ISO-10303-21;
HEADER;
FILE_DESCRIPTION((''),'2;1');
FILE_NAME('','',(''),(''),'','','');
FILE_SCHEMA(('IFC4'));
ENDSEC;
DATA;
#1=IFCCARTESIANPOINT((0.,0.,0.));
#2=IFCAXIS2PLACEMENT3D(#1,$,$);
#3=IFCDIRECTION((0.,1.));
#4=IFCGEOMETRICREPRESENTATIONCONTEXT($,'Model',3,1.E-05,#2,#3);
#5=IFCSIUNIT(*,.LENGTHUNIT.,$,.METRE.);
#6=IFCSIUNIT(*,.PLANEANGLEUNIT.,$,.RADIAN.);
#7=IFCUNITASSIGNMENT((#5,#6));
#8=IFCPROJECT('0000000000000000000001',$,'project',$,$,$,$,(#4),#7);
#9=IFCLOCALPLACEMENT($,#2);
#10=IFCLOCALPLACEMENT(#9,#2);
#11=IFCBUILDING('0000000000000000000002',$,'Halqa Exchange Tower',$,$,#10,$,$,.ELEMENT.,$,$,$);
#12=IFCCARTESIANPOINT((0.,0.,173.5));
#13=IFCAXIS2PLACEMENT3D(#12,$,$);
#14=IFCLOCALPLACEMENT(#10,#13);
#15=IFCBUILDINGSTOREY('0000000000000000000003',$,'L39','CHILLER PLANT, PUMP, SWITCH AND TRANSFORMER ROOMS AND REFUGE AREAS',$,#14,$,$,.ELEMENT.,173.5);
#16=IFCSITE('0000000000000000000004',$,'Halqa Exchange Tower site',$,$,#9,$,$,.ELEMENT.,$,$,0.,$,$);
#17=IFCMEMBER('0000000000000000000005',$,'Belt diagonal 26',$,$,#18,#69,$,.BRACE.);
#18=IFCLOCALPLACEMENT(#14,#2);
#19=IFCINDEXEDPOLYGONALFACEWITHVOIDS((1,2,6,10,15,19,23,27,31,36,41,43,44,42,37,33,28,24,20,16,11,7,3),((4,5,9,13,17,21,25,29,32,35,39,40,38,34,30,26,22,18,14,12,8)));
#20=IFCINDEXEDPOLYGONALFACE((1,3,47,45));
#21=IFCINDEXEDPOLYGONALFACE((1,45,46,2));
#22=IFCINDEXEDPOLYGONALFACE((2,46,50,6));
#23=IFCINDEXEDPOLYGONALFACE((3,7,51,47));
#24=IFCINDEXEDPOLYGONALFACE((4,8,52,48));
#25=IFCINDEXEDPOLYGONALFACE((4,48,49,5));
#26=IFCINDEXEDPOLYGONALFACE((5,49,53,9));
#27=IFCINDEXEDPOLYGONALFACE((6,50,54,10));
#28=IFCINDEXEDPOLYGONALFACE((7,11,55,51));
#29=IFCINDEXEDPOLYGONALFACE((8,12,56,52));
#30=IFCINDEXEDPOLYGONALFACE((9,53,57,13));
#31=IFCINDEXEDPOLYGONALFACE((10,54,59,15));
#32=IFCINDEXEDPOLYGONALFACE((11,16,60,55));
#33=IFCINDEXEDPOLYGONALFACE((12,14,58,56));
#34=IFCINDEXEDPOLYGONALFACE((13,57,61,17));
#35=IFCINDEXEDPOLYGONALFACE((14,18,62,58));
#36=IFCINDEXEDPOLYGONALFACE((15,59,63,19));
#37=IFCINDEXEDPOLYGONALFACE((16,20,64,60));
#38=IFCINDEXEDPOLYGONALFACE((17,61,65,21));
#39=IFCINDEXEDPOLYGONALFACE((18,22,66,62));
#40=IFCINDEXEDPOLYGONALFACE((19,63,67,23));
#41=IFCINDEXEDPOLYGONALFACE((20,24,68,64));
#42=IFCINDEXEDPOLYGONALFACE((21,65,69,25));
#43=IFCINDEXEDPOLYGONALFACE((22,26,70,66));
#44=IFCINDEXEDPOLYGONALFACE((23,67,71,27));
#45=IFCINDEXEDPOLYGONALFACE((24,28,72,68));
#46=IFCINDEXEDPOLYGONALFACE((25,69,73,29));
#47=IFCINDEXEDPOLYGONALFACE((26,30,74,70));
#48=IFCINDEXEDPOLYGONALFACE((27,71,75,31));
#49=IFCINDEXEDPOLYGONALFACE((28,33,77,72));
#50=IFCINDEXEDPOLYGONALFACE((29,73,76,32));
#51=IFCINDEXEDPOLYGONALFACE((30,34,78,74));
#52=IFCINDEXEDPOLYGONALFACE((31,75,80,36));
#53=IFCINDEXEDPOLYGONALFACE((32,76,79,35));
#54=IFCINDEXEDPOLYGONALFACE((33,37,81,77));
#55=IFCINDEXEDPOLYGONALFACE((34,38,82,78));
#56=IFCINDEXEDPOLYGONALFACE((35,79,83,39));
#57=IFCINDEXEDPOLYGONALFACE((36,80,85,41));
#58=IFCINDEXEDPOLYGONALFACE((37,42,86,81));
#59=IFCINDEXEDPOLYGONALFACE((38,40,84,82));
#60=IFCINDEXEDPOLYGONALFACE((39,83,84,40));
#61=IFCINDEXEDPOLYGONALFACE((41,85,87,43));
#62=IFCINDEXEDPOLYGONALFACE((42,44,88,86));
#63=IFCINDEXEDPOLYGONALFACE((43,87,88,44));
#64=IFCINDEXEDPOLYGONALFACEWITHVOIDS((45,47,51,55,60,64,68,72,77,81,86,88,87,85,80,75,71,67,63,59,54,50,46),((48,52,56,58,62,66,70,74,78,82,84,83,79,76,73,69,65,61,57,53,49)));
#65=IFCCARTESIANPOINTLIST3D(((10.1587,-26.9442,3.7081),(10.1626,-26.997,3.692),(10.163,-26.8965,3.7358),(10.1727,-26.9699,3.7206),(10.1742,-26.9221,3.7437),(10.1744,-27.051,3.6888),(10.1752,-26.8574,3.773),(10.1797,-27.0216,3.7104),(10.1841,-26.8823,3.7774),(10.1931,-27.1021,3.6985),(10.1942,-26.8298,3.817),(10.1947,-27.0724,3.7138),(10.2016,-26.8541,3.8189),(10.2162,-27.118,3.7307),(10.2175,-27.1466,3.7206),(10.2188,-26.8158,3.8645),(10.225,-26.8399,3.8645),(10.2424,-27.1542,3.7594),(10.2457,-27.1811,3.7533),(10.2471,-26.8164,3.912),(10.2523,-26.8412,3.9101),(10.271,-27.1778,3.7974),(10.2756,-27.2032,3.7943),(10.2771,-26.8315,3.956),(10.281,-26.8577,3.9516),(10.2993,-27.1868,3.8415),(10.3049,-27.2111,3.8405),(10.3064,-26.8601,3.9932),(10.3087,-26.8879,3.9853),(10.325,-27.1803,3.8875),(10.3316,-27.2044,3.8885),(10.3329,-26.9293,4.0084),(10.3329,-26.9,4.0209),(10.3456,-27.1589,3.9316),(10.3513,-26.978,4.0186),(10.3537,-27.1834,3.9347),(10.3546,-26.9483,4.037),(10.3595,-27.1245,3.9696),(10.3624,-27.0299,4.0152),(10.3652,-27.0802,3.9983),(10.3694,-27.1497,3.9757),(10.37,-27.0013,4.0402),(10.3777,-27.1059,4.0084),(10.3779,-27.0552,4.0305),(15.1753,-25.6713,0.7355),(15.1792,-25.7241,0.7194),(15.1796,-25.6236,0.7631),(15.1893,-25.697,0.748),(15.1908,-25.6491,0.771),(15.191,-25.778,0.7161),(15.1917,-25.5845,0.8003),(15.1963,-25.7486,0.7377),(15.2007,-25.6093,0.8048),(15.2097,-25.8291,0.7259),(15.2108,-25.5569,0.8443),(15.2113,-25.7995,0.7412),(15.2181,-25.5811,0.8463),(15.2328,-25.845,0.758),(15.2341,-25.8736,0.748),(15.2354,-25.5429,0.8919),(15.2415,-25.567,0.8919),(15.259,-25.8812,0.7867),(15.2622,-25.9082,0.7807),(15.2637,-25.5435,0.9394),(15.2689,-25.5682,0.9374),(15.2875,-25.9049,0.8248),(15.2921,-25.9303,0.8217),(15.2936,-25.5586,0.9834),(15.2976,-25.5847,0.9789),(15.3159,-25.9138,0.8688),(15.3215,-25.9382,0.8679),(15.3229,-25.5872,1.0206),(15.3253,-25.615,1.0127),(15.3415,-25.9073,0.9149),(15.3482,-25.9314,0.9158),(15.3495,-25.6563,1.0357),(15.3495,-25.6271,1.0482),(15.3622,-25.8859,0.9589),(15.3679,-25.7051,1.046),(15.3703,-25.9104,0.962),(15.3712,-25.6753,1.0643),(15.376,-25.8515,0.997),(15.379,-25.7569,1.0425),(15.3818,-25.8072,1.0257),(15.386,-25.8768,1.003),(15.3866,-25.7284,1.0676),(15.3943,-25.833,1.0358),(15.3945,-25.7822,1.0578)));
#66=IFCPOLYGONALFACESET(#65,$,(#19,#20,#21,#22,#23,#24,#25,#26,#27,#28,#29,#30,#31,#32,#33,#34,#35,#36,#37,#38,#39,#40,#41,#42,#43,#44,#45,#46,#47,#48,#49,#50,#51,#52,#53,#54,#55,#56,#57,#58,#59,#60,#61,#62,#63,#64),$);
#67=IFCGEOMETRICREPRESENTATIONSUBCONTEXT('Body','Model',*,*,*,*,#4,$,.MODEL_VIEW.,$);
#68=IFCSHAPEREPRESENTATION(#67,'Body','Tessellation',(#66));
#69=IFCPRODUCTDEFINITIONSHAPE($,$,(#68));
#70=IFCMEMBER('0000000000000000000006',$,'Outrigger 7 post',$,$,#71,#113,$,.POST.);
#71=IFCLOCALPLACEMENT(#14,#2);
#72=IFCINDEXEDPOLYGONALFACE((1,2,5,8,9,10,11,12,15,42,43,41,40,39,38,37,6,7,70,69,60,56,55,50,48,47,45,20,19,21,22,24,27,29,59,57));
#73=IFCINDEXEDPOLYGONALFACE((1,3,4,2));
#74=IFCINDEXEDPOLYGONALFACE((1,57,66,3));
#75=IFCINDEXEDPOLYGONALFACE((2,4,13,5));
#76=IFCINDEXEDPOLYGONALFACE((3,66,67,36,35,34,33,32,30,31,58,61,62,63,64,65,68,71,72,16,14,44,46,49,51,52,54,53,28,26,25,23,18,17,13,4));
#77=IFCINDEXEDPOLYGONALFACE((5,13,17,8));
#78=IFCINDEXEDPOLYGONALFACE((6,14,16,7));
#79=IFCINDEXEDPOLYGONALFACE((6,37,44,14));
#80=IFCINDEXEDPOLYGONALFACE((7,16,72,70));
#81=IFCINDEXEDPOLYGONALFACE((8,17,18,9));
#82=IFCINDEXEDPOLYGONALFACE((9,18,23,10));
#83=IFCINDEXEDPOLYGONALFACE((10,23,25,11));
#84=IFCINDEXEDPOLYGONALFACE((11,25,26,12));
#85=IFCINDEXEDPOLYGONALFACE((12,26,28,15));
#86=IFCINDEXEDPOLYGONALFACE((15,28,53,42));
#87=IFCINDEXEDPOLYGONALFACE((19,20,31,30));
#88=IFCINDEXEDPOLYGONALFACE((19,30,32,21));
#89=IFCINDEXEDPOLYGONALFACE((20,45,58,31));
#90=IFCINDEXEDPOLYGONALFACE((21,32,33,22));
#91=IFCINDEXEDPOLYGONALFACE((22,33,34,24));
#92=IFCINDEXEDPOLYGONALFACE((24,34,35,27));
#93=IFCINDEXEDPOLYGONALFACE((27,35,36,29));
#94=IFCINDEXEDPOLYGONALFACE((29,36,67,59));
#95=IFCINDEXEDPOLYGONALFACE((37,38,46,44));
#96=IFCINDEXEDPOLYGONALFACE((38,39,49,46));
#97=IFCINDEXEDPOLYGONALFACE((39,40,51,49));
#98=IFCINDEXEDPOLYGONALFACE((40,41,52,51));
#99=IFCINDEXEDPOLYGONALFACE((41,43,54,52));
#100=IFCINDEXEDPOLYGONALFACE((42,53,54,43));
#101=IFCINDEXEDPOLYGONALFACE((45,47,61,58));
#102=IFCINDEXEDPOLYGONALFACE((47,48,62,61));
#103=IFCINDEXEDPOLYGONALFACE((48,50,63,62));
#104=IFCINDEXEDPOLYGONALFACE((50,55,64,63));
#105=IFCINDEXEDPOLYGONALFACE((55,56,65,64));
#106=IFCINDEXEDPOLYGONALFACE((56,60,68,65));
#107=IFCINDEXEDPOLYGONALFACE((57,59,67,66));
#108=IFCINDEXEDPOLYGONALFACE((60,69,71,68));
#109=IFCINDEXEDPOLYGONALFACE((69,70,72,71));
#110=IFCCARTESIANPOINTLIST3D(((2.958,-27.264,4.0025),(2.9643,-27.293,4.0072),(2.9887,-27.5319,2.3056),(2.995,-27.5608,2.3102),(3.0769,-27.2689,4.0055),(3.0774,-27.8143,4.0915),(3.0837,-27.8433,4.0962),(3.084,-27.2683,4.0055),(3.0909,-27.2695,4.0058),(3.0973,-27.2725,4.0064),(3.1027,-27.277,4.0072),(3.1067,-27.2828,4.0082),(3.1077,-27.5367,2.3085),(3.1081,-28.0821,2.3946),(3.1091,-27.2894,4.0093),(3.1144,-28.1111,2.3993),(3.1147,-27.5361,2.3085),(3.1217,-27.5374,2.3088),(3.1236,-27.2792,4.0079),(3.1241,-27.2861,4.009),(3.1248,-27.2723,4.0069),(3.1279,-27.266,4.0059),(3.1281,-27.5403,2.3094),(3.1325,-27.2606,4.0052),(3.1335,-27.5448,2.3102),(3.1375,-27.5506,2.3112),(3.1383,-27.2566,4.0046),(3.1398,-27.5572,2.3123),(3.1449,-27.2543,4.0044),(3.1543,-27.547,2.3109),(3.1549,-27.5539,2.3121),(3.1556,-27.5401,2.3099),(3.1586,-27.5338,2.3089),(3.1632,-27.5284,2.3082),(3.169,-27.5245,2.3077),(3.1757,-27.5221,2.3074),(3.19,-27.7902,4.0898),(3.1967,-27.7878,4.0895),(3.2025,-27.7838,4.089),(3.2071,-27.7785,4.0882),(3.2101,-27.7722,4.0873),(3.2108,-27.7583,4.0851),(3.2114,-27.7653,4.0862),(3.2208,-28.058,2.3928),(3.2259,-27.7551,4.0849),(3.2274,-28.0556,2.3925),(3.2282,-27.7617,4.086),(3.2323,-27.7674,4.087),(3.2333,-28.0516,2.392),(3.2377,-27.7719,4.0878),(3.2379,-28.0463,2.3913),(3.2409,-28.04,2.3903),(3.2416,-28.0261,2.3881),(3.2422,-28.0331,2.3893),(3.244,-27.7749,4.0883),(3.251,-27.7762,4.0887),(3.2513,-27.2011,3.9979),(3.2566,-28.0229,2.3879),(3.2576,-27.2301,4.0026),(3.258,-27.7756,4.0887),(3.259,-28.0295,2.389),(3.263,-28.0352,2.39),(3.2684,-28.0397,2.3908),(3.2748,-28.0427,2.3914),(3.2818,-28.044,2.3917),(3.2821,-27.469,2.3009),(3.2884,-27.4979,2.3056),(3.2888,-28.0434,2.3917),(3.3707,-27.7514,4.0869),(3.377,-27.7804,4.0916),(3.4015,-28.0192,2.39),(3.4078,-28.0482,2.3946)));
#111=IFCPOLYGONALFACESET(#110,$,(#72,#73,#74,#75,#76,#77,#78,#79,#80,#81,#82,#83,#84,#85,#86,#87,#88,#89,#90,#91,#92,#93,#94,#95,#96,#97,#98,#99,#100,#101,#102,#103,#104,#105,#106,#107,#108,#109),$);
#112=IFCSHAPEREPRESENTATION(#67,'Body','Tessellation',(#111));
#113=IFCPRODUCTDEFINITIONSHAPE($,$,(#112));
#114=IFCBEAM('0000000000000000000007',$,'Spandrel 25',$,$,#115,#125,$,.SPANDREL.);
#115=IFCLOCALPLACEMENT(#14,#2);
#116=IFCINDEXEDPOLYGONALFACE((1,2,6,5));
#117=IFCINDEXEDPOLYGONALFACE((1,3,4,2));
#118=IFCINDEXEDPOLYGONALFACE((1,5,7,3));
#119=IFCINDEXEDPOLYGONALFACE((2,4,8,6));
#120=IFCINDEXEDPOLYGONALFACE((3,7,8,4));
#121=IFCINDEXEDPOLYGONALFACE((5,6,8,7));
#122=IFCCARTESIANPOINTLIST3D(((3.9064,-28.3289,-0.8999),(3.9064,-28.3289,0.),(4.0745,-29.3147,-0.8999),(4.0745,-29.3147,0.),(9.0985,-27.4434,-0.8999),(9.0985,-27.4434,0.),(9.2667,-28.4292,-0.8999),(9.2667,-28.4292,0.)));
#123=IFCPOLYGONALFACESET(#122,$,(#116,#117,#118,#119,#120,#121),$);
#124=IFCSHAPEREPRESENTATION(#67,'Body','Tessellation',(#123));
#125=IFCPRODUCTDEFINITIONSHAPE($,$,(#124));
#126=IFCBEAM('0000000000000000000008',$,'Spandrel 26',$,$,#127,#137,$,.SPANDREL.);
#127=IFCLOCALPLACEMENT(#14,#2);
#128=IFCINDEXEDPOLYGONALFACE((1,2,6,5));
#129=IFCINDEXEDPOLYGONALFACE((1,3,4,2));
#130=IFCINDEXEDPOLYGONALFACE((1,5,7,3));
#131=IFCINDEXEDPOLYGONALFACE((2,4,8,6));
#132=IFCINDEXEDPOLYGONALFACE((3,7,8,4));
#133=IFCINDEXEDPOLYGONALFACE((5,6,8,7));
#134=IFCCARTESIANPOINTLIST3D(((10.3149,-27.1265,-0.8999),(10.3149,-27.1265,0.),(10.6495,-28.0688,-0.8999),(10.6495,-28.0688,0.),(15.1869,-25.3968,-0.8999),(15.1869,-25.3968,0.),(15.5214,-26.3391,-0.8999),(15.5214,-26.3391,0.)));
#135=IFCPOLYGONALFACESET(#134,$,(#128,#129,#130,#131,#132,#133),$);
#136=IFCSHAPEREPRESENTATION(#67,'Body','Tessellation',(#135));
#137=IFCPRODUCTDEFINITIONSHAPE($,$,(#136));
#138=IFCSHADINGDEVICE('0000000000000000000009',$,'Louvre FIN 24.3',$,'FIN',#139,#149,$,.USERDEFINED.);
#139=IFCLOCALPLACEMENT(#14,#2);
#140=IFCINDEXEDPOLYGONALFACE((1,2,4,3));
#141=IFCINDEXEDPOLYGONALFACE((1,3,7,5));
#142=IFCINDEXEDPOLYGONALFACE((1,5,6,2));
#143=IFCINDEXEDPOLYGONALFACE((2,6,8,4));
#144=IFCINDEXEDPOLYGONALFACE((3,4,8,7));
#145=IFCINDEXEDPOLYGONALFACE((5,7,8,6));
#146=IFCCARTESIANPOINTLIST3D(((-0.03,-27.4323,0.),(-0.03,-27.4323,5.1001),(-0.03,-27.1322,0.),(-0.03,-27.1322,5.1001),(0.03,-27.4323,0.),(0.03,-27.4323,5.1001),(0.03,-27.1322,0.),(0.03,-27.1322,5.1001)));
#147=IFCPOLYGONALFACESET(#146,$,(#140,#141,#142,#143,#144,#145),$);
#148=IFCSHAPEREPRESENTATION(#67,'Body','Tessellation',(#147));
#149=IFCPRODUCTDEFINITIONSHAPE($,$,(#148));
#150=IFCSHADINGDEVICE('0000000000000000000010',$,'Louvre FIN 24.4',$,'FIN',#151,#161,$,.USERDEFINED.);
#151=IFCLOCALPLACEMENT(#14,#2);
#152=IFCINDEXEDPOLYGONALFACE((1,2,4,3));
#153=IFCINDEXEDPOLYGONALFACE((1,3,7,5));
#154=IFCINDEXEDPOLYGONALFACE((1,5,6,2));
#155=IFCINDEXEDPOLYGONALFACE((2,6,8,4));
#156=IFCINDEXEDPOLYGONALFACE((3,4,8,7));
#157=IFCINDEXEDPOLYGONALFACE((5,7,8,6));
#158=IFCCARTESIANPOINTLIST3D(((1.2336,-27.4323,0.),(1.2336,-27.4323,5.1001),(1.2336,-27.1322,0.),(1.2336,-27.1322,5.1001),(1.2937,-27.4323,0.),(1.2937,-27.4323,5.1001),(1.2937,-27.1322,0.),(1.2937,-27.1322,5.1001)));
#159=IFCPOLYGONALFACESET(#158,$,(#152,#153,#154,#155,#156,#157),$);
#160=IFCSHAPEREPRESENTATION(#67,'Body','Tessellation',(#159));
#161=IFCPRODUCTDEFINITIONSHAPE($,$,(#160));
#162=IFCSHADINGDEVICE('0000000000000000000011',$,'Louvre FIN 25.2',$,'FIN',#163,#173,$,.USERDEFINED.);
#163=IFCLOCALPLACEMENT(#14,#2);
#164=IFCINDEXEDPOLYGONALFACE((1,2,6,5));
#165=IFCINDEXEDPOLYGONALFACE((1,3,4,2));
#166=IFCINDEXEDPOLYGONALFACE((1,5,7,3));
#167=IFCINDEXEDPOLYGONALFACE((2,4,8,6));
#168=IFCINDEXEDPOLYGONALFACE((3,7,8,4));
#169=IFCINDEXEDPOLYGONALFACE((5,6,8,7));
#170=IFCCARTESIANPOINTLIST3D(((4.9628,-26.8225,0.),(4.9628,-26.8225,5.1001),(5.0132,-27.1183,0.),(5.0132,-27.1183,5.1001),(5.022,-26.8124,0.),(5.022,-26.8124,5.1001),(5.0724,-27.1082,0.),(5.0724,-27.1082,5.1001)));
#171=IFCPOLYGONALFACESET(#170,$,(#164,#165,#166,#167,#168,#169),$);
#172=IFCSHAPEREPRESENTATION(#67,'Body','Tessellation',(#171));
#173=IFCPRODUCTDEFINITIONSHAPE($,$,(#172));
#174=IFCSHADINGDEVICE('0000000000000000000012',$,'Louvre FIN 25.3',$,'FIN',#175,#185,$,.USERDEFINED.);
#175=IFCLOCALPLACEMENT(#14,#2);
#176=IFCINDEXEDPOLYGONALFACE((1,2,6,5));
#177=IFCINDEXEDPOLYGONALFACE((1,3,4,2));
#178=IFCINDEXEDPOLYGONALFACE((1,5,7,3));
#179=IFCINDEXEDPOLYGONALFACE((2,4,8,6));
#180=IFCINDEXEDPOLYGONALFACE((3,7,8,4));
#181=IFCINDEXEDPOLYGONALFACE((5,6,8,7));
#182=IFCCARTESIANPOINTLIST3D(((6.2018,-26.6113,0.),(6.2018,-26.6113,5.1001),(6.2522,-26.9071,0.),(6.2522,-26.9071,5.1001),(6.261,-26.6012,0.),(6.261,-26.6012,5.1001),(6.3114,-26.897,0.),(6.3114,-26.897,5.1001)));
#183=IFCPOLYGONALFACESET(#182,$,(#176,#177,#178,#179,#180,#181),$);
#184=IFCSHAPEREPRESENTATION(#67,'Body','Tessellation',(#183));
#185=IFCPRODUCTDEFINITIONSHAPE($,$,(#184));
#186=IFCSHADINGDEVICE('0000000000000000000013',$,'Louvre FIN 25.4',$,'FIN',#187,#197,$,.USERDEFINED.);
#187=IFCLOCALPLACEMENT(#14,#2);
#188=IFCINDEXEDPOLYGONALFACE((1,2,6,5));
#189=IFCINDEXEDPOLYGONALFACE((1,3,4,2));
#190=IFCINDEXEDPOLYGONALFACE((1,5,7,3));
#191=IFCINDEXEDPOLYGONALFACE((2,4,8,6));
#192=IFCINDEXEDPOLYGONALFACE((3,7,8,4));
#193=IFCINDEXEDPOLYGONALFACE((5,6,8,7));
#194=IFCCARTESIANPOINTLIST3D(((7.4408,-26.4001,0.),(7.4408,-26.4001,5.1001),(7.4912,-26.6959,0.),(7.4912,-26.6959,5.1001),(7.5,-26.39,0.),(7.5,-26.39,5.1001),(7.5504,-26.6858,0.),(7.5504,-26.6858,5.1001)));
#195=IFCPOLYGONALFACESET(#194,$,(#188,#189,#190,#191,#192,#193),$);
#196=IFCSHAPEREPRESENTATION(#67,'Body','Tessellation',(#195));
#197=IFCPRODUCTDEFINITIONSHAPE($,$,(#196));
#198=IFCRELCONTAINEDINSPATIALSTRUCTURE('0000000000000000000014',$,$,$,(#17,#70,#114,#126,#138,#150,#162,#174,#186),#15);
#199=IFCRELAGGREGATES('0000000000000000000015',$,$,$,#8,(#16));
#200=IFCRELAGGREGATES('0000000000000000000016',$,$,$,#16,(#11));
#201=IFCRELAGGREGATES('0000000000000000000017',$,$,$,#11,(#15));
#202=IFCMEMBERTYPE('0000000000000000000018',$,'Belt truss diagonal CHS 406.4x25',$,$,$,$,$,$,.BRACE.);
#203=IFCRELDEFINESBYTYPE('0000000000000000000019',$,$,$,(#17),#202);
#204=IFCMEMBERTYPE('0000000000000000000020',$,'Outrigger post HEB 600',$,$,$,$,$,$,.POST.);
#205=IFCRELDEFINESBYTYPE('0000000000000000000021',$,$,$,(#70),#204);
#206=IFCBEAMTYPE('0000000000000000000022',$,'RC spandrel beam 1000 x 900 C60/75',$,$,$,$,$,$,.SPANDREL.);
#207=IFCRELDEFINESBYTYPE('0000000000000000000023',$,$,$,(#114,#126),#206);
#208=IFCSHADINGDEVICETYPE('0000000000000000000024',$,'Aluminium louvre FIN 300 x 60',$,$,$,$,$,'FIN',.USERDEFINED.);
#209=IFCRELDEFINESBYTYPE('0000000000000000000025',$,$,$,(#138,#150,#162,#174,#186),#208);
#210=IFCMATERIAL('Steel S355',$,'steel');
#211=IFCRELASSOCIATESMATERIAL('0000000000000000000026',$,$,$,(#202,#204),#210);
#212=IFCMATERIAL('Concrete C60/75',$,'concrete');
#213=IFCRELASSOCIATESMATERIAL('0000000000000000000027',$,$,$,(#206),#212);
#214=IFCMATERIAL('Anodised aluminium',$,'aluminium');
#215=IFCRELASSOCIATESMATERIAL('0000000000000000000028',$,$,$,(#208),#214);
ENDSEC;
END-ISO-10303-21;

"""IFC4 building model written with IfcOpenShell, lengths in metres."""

from ifc_helpers import new_model, si_unit, direction, frame, origin, origin_2d, place, context, subcontext, project, spatial, rectangle, hollow_circle, i_section, extrude, material, material_profile, profile_set, type_object, element, save


model = new_model("IFC4")

# Units and contexts
model_context = context("Model", 3, precision=1e-05, world=origin(), true_north=direction((0.0, 1.0)))
body_context = subcontext(model_context, "Body", "Model", "MODEL_VIEW")
ifc_project = project(units=[si_unit("LENGTHUNIT", "METRE"), si_unit("PLANEANGLEUNIT", "RADIAN")], contexts=[model_context])

# Site, building, storey
site_placement = place(None, origin())
site = spatial("IfcSite", under=ifc_project, at=site_placement, Name="Halqa Exchange Tower site", CompositionType="ELEMENT", RefElevation=0.0)
building_placement = place(site_placement, origin())
building = spatial("IfcBuilding", under=site, at=building_placement, Name="Halqa Exchange Tower", CompositionType="ELEMENT")
storey_placement = place(building_placement, frame((0.0, 0.0, 173.5)))
storey = spatial("IfcBuildingStorey", under=building, at=storey_placement, Name="L39", Description="CHILLER PLANT, PUMP, SWITCH AND TRANSFORMER ROOMS AND REFUGE AREAS", CompositionType="ELEMENT", Elevation=173.5)

# Members
ifc_material_1 = material(Name="Steel S355", Category="steel")
ifc_material_profile_1 = material_profile(ifc_material_1, hollow_circle(Radius=0.2031, WallThickness=0.0249, at=origin_2d()), Name="CHS 406.4x25")
ifc_profile_set_1 = profile_set([ifc_material_profile_1], Name="Steel S355")
member_type_1 = type_object("IfcMemberType", Name="Belt truss diagonal CHS 406.4x25", PredefinedType="BRACE", material=ifc_profile_set_1)
member_1_placement = place(storey_placement, frame((10.2688, -27.0127, 3.8645), z_axis=(0.840508, 0.213277, -0.498055), x_axis=(-0.245953, 0.969282, 0.0)))
element("IfcMember", 1, at=member_1_placement, inside=storey, type_object=member_type_1, Name="Belt diagonal 26", PredefinedType="BRACE", context=body_context, shape_type="SweptSolid", body=[
    extrude(hollow_circle(Radius=0.2031, WallThickness=0.0249, at=origin_2d()), origin(), (0.0, 0.0, 1.0), 5.9685),
])
ifc_material_profile_2 = material_profile(ifc_material_1, i_section(OverallWidth=0.3, OverallDepth=0.6001, WebThickness=0.0154, FlangeThickness=0.03, FilletRadius=0.0271, at=origin_2d()), Name="HEB 600")
ifc_profile_set_2 = profile_set([ifc_material_profile_2], Name="Steel S355")
member_type_2 = type_object("IfcMemberType", Name="Outrigger post HEB 600", PredefinedType="POST", material=ifc_profile_set_2)
member_2_placement = place(storey_placement, frame((3.1982, -27.79, 2.3501), z_axis=(-0.017902, 0.155865, 0.987616), x_axis=(-0.977657, -0.209646, 0.015364)))
element("IfcMember", 2, at=member_2_placement, inside=storey, type_object=member_type_2, Name="Outrigger 7 post", PredefinedType="POST", context=body_context, shape_type="SweptSolid", body=[
    extrude(i_section(OverallWidth=0.3, OverallDepth=0.6001, WebThickness=0.0154, FlangeThickness=0.03, FilletRadius=0.0271, at=origin_2d()), origin(), (0.0, 0.0, 1.0), 1.7183),
])

# Beams
ifc_material_2 = material(Name="Concrete C60/75", Category="concrete")
ifc_material_profile_3 = material_profile(ifc_material_2, rectangle(XDim=1.0, YDim=0.8999, at=origin_2d()), Name="1000 x 900")
ifc_profile_set_3 = profile_set([ifc_material_profile_3], Name="Concrete C60/75")
beam_type = type_object("IfcBeamType", Name="RC spandrel beam 1000 x 900 C60/75", PredefinedType="SPANDREL", material=ifc_profile_set_3)
beam_1_placement = place(storey_placement, frame((3.9905, -28.8218, -0.45), z_axis=(0.985767, 0.168119, 0.0), x_axis=(-0.168119, 0.985767, 0.0)))
element("IfcBeam", 3, at=beam_1_placement, inside=storey, type_object=beam_type, Name="Spandrel 25", PredefinedType="SPANDREL", context=body_context, shape_type="SweptSolid", body=[
    extrude(rectangle(XDim=1.0, YDim=0.8999, at=origin_2d()), origin(), (0.0, 0.0, 1.0), 5.2671),
])
beam_2_placement = place(storey_placement, frame((10.4822, -27.5977, -0.45), z_axis=(0.942371, 0.334571, 0.0), x_axis=(-0.334571, 0.942371, 0.0)))
element("IfcBeam", 4, at=beam_2_placement, inside=storey, type_object=beam_type, Name="Spandrel 26", PredefinedType="SPANDREL", context=body_context, shape_type="SweptSolid", body=[
    extrude(rectangle(XDim=1.0, YDim=0.8999, at=origin_2d()), origin(), (0.0, 0.0, 1.0), 5.1699),
])

# Shading devices
ifc_material_3 = material(Name="Anodised aluminium", Category="aluminium")
ifc_material_profile_4 = material_profile(ifc_material_3, rectangle(XDim=0.3, YDim=0.0601, at=origin_2d()), Name="AL FIN 300x60")
ifc_profile_set_4 = profile_set([ifc_material_profile_4], Name="Anodised aluminium")
shading_device_type = type_object("IfcShadingDeviceType", Name="Aluminium louvre FIN 300 x 60", ElementType="FIN", PredefinedType="USERDEFINED", material=ifc_profile_set_4)
for number, where, z_axis, x_axis, name in (
    (5, (0.0, -27.2822, 0.0), (0.0, 0.0, 1.0), (0.0, 1.0, 0.0), "Louvre FIN 24.3"),
    (6, (1.2637, -27.2822, 0.0), (0.0, 0.0, 1.0), (0.0, 1.0, 0.0), "Louvre FIN 24.4"),
    (7, (5.0176, -26.9653, 0.0), (0.0, 0.0, 1.0), (-0.168073, 0.985775, 0.0), "Louvre FIN 25.2"),
    (8, (6.2566, -26.7542, 0.0), (0.0, 0.0, 1.0), (-0.168073, 0.985775, 0.0), "Louvre FIN 25.3"),
    (9, (7.4956, -26.543, 0.0), (0.0, 0.0, 1.0), (-0.168073, 0.985775, 0.0), "Louvre FIN 25.4"),
):
    element("IfcShadingDevice", number, at=place(storey_placement, frame(where, z_axis=z_axis, x_axis=x_axis)), inside=storey, type_object=shading_device_type, Name=name, ObjectType="FIN", PredefinedType="USERDEFINED", context=body_context, shape_type="SweptSolid", body=[
        extrude(rectangle(XDim=0.3, YDim=0.0601, at=origin_2d()), origin(), (0.0, 0.0, 1.0), 5.1001),
    ])

save(model, "model.ifc")
